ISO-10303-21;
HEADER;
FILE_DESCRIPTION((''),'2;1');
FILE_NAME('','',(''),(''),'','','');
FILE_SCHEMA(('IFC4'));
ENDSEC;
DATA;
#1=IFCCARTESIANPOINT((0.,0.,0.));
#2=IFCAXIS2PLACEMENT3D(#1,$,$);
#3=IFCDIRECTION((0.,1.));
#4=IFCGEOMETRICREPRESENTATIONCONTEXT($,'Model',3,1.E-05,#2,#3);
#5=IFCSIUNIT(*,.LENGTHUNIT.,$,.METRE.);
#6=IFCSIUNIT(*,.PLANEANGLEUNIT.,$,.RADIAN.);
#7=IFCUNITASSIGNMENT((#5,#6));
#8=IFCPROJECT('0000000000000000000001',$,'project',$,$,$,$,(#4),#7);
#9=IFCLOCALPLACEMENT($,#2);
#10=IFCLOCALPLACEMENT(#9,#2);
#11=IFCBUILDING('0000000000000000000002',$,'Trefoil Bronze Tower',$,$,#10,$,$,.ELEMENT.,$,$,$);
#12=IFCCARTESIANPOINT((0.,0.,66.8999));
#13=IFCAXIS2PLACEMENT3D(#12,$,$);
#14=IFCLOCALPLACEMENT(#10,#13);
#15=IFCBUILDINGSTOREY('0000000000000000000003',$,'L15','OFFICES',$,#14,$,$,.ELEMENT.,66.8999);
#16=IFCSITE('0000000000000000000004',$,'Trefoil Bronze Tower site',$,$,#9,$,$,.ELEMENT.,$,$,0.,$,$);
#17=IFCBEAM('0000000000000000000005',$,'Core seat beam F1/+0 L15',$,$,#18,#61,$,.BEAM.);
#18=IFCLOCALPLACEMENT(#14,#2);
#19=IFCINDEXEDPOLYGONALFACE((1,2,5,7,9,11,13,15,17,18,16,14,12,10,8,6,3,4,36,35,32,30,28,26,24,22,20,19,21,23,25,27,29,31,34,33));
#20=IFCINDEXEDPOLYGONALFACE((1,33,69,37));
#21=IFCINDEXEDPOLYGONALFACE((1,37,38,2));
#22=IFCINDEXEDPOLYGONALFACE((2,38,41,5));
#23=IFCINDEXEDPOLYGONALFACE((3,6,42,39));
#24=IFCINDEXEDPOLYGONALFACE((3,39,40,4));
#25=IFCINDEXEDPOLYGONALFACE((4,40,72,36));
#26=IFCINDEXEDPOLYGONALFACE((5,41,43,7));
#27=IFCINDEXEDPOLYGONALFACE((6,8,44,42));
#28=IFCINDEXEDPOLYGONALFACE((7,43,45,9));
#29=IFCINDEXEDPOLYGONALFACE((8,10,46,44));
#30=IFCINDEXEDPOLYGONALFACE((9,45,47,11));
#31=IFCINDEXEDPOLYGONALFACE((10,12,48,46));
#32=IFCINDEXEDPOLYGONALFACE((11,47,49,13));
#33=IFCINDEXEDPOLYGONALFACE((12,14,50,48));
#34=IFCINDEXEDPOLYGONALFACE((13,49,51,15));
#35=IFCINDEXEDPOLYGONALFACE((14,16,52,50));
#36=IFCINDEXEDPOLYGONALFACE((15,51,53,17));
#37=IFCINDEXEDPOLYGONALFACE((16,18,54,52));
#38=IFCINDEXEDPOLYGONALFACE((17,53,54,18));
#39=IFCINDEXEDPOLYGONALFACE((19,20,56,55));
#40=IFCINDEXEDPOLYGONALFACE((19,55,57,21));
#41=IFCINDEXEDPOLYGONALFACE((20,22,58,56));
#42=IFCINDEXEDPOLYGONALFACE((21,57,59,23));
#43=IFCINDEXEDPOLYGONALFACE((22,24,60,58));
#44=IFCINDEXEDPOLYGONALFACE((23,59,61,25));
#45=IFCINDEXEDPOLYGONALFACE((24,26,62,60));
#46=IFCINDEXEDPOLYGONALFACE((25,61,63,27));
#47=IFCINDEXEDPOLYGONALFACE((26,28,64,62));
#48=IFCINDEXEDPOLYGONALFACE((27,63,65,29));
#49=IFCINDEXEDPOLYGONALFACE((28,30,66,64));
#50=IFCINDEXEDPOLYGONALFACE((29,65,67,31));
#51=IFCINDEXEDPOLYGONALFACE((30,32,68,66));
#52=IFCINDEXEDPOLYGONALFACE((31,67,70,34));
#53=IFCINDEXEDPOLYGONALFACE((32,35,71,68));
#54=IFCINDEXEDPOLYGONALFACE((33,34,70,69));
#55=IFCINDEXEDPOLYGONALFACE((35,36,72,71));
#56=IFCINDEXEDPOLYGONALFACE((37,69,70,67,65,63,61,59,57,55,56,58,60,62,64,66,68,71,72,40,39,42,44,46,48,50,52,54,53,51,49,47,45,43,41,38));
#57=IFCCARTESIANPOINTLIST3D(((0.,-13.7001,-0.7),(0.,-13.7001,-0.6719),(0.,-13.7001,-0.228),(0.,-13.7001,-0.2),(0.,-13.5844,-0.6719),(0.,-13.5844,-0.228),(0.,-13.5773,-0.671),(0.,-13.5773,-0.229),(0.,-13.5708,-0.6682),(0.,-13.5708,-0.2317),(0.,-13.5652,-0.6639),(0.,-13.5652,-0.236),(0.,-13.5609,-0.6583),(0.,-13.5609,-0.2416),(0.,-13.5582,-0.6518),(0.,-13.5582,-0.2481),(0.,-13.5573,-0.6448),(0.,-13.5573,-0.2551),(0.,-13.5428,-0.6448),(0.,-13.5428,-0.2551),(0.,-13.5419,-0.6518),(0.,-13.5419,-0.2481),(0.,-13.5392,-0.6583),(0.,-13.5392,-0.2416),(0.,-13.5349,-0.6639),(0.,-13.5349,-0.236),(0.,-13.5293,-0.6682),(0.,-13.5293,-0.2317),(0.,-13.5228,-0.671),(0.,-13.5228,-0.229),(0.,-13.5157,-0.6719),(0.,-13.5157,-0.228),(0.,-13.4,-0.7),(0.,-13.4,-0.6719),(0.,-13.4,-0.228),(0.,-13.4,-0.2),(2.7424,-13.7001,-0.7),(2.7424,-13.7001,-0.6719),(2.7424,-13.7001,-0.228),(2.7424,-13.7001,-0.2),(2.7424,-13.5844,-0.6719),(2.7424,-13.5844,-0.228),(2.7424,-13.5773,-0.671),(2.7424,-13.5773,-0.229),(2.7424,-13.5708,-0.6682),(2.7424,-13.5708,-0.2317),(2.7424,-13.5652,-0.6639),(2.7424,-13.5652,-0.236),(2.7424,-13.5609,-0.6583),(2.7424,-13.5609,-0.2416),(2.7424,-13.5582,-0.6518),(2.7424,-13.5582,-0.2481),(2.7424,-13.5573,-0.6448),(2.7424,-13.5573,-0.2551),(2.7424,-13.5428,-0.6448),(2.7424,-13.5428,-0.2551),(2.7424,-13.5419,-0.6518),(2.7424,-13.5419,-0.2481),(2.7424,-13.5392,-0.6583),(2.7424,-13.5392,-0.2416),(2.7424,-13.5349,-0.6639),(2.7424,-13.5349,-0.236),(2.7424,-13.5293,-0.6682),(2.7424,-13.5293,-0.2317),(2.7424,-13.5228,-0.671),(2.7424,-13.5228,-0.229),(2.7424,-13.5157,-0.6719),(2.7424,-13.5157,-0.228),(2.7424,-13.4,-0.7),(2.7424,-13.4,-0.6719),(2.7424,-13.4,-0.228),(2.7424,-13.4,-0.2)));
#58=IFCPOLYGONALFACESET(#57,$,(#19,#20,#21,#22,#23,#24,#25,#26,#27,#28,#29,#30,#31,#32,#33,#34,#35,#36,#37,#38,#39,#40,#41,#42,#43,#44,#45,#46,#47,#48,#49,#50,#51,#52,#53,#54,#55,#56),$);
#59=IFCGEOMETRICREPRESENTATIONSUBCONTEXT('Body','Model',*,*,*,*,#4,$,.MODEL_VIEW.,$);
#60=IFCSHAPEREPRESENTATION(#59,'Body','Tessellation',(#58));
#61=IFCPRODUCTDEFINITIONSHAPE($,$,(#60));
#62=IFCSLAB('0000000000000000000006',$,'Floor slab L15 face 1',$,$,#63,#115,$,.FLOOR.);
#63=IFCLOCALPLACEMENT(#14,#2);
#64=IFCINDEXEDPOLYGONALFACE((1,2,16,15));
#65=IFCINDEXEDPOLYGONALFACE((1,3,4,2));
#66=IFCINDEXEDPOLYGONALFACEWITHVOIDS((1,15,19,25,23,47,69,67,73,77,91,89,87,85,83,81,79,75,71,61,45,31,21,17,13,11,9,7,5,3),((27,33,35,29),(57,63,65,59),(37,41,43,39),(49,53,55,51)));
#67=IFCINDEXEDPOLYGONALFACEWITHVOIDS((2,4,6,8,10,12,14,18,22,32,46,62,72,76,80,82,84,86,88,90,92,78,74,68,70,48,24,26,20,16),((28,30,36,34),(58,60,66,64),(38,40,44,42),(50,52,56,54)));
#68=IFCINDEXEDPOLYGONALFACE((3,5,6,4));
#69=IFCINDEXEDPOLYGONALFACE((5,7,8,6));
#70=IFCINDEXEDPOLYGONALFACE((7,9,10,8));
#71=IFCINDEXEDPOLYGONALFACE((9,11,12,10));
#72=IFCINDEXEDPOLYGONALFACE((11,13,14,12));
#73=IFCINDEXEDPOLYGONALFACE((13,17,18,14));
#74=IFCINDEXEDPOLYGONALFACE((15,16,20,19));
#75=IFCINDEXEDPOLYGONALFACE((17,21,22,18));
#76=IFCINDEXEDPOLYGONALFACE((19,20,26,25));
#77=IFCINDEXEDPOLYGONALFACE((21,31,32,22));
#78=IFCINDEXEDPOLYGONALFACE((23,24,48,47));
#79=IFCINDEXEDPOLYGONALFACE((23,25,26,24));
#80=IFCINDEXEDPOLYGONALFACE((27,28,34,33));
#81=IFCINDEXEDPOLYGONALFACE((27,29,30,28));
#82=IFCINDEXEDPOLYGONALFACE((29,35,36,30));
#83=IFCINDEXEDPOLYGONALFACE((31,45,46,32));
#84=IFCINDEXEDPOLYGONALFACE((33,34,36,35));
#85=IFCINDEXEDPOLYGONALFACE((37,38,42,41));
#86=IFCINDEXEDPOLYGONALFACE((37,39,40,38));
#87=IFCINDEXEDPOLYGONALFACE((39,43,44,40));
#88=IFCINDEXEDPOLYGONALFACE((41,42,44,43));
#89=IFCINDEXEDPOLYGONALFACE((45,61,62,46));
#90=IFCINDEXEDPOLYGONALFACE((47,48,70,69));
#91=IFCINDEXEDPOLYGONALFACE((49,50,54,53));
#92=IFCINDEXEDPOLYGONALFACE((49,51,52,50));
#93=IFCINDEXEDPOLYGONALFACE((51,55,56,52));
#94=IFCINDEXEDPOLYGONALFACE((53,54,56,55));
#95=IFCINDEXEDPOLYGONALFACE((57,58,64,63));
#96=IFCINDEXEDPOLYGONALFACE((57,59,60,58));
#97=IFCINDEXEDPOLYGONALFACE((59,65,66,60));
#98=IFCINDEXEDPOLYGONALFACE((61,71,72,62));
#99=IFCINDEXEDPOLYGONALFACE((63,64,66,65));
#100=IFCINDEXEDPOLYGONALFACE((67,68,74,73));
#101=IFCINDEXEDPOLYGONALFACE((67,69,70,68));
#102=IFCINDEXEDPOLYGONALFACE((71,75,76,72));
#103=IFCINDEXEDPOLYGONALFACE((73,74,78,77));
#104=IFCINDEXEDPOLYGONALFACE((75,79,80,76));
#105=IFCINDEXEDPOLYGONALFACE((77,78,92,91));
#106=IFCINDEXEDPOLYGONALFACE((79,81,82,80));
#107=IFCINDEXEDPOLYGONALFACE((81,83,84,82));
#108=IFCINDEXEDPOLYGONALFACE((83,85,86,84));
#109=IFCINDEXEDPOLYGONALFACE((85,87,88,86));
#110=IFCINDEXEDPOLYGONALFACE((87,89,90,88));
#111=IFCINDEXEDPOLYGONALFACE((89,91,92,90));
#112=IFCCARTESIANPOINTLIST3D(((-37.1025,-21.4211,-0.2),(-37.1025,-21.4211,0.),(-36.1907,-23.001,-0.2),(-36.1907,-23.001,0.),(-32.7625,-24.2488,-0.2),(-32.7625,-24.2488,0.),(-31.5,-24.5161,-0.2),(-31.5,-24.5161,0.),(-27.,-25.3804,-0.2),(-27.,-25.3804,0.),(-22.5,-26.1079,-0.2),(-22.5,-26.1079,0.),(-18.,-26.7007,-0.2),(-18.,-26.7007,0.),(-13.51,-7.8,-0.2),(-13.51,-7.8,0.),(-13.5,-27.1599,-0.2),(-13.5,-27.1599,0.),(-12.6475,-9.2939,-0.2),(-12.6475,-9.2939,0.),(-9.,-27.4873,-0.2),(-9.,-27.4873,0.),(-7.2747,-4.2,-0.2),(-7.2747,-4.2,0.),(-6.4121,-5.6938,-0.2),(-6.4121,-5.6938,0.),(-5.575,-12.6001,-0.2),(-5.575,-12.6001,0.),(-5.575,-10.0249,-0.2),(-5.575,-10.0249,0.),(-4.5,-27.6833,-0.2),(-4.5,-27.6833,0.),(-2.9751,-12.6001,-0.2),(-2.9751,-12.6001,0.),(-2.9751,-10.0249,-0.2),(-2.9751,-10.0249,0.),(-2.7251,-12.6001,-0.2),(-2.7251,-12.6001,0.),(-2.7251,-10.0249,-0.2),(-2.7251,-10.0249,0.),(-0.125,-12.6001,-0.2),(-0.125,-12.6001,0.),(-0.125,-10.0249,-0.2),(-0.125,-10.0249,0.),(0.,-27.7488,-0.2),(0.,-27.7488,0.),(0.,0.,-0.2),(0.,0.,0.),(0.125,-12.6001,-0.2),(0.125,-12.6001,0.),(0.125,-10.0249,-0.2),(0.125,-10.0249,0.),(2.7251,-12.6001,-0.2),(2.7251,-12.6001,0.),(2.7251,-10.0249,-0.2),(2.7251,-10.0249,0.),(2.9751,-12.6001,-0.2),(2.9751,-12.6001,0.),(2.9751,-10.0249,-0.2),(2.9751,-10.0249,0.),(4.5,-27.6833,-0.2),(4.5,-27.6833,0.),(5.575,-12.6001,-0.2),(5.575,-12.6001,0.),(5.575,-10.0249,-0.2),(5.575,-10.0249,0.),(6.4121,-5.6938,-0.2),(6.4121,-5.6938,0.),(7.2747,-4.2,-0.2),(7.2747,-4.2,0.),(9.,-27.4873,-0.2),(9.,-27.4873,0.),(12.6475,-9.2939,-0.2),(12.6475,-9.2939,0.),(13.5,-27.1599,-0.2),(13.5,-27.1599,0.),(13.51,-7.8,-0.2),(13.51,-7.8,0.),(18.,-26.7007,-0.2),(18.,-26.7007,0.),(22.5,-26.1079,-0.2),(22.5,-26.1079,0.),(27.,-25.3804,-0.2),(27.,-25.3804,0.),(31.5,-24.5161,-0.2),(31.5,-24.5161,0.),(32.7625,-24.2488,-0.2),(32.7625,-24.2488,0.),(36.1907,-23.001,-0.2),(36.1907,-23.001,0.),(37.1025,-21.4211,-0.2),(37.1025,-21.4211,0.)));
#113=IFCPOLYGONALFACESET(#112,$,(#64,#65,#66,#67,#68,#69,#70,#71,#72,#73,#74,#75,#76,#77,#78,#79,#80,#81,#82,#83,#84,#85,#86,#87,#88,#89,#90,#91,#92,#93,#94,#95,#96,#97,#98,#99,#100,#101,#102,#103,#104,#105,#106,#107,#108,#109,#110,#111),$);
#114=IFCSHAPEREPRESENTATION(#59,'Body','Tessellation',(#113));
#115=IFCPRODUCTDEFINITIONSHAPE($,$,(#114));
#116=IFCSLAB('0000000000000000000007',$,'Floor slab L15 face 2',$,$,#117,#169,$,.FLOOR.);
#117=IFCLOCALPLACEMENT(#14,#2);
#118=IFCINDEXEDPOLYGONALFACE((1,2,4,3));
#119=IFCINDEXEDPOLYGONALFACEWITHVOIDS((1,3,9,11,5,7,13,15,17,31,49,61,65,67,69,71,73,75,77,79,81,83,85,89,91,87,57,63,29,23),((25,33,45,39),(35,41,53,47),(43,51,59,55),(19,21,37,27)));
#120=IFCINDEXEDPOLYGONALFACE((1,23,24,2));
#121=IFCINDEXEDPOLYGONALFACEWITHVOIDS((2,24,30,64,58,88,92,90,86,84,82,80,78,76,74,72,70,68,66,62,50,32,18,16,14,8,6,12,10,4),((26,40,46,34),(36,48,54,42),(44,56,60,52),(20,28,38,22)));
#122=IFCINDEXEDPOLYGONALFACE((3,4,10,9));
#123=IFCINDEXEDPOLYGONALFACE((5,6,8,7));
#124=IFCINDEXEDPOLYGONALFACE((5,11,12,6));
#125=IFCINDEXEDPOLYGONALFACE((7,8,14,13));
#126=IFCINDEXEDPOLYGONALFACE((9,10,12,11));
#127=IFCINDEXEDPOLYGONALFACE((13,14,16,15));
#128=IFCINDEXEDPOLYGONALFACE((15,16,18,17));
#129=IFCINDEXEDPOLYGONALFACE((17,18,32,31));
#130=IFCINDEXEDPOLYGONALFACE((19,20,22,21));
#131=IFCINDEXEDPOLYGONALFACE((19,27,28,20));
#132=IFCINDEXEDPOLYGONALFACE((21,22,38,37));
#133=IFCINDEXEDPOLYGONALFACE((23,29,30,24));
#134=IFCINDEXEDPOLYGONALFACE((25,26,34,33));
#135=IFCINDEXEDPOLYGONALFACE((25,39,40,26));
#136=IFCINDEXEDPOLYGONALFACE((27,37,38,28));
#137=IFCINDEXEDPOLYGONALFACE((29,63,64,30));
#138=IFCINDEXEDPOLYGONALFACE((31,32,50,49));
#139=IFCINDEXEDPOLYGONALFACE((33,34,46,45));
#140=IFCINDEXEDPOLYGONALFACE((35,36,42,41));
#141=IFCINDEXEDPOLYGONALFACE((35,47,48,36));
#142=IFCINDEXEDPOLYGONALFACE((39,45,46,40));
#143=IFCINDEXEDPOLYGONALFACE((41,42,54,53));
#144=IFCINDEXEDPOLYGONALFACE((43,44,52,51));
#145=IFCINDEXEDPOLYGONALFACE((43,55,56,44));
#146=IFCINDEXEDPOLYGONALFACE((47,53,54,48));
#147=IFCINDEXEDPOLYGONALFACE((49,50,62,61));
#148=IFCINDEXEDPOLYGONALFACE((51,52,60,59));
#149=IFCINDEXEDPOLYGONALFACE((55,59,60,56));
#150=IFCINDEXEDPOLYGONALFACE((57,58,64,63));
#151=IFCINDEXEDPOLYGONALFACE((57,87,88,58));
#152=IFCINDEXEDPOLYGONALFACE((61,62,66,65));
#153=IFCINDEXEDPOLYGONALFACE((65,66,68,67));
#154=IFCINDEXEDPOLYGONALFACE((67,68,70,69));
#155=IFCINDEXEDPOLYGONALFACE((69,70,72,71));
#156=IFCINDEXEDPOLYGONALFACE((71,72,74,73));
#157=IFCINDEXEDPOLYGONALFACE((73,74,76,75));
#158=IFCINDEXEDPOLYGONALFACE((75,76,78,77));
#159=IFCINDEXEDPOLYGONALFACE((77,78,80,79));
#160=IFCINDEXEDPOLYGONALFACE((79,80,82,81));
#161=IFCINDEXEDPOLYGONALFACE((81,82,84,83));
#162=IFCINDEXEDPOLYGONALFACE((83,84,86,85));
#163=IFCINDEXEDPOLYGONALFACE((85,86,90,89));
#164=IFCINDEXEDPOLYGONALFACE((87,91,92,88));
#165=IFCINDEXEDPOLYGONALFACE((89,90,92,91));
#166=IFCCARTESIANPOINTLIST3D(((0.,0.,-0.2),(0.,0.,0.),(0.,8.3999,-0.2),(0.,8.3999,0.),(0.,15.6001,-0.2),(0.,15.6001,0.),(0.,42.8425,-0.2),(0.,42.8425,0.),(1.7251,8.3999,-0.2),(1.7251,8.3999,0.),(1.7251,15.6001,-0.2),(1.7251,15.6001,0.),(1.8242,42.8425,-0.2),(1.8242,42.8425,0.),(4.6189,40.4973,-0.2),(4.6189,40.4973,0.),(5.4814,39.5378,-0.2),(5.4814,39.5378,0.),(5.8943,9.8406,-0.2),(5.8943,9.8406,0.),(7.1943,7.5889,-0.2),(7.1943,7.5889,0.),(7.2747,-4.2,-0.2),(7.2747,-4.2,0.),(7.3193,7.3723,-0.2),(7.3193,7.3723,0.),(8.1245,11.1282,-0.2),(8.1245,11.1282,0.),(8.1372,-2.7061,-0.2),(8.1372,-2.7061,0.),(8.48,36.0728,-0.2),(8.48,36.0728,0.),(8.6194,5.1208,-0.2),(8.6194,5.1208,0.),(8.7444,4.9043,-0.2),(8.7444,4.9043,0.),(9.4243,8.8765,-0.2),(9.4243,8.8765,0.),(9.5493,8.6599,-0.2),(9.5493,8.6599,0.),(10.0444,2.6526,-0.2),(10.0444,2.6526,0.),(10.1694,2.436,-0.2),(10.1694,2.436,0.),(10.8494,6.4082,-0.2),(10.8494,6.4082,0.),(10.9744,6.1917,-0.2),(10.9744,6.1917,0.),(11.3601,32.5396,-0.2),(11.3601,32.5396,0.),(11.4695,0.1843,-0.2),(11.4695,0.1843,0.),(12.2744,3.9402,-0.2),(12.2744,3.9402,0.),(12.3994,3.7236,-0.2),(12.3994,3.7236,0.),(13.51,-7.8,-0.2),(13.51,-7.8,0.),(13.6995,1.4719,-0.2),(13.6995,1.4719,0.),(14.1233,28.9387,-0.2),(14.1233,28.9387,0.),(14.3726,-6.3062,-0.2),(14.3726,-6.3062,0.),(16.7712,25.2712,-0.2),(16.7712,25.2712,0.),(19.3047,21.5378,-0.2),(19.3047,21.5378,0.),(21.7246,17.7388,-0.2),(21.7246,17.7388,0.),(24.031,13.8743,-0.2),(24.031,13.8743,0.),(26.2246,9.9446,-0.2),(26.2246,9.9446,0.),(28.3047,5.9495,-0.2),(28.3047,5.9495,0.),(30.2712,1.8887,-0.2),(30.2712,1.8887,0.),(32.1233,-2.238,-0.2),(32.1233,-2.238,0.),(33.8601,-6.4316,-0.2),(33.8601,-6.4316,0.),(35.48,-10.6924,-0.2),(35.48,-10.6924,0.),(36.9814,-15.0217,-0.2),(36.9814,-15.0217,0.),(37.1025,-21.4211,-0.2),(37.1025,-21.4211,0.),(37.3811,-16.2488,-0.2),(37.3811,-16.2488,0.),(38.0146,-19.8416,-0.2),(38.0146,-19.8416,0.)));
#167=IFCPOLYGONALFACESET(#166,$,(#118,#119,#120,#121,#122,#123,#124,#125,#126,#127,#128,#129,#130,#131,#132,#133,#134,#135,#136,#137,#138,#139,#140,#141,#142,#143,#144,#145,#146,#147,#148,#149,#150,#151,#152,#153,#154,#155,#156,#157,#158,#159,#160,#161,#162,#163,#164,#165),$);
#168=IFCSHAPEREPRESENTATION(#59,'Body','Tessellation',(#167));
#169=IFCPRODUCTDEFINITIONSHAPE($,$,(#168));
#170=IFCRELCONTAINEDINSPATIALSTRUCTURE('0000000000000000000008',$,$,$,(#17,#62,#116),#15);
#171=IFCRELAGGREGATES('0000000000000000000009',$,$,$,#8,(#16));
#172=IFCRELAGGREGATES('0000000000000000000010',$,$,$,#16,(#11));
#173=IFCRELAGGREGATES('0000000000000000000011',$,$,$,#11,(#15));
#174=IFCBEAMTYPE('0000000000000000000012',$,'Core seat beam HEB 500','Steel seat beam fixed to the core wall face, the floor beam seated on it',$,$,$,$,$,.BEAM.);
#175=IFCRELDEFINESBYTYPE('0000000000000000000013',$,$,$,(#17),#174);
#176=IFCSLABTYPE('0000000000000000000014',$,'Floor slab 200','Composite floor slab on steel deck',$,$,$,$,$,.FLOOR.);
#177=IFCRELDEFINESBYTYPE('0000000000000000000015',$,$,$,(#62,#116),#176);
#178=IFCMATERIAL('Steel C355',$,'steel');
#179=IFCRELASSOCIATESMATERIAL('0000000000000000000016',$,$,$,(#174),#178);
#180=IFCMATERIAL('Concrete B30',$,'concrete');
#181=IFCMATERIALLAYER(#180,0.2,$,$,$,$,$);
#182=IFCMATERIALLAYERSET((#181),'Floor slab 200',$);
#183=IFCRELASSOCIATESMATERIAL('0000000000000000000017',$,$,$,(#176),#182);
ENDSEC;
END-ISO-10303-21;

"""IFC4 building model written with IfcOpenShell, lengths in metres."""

from ifc_helpers import new_model, si_unit, direction, frame, origin, origin_2d, place, context, subcontext, project, spatial, polyline, i_section, outline, extrude, material, layer, layer_set, material_profile, profile_set, type_object, element, save


model = new_model("IFC4")

# Units and contexts
model_context = context("Model", 3, precision=1e-05, world=origin(), true_north=direction((0.0, 1.0)))
body_context = subcontext(model_context, "Body", "Model", "MODEL_VIEW")
ifc_project = project(units=[si_unit("LENGTHUNIT", "METRE"), si_unit("PLANEANGLEUNIT", "RADIAN")], contexts=[model_context])

# Site, building, storey
site_placement = place(None, origin())
site = spatial("IfcSite", under=ifc_project, at=site_placement, Name="Trefoil Bronze Tower site", CompositionType="ELEMENT", RefElevation=0.0)
building_placement = place(site_placement, origin())
building = spatial("IfcBuilding", under=site, at=building_placement, Name="Trefoil Bronze Tower", CompositionType="ELEMENT")
storey_placement = place(building_placement, frame((0.0, 0.0, 66.8999)))
storey = spatial("IfcBuildingStorey", under=building, at=storey_placement, Name="L15", Description="OFFICES", CompositionType="ELEMENT", Elevation=66.8999)

# Beam
ifc_material_1 = material(Name="Steel C355", Category="steel")
ifc_material_profile = material_profile(ifc_material_1, i_section(OverallWidth=0.3, OverallDepth=0.5, WebThickness=0.0144, FlangeThickness=0.0281, FilletRadius=0.0271, at=origin_2d()), Name="HEB 500")
ifc_profile_set = profile_set([ifc_material_profile], Name="Steel C355")
beam_type = type_object("IfcBeamType", Name="Core seat beam HEB 500", Description="Steel seat beam fixed to the core wall face, the floor beam seated on it", PredefinedType="BEAM", material=ifc_profile_set)
beam_placement = place(storey_placement, frame((0.0, -13.55, -0.45), z_axis=(1.0, 0.0, 0.0), x_axis=(0.0, 1.0, 0.0)))
element("IfcBeam", 1, at=beam_placement, inside=storey, type_object=beam_type, Name="Core seat beam F1/+0 L15", PredefinedType="BEAM", context=body_context, shape_type="SweptSolid", body=[
    extrude(i_section(OverallWidth=0.3, OverallDepth=0.5, WebThickness=0.0144, FlangeThickness=0.0281, FilletRadius=0.0271, at=origin_2d()), origin(), (0.0, 0.0, 1.0), 2.7424),
])

# Slabs
ifc_material_2 = material(Name="Concrete B30", Category="concrete")
ifc_layer_1 = layer(ifc_material_2, 0.2)
ifc_layer_set_1 = layer_set([ifc_layer_1], Name="Floor slab 200")
slab_type = type_object("IfcSlabType", Name="Floor slab 200", Description="Composite floor slab on steel deck", PredefinedType="FLOOR", material=ifc_layer_set_1)
slab_1_placement = place(storey_placement, frame((0.0, 0.0, -0.2)))
element("IfcSlab", 2, at=slab_1_placement, inside=storey, type_object=slab_type, Name="Floor slab L15 face 1", PredefinedType="FLOOR", context=body_context, shape_type="SweptSolid", body=[
    extrude(outline(polyline([(27.0, -25.3804), (22.5, -26.1079), (18.0, -26.7007), (13.5, -27.1599), (9.0, -27.4873), (4.5, -27.6833), (0.0, -27.7488), (-4.5, -27.6833), (-9.0, -27.4873), (-13.5, -27.1599), (-18.0, -26.7007), (-22.5, -26.1079), (-27.0, -25.3804), (-31.5, -24.5161), (-32.7625, -24.2488), (-36.1907, -23.001), (-37.1025, -21.4211), (-13.51, -7.8), (-12.6475, -9.2939), (-6.4121, -5.6938), (-7.2747, -4.2), (0.0, 0.0), (7.2747, -4.2), (6.4121, -5.6938), (12.6475, -9.2939), (13.51, -7.8), (37.1025, -21.4211), (36.1907, -23.001), (32.7625, -24.2488), (31.5, -24.5161), (27.0, -25.3804)]), holes=[polyline([(-5.575, -10.0249), (-2.9751, -10.0249), (-2.9751, -12.6001), (-5.575, -12.6001), (-5.575, -10.0249)]), polyline([(-2.7251, -10.0249), (-0.125, -10.0249), (-0.125, -12.6001), (-2.7251, -12.6001), (-2.7251, -10.0249)]), polyline([(0.125, -10.0249), (2.7251, -10.0249), (2.7251, -12.6001), (0.125, -12.6001), (0.125, -10.0249)]), polyline([(2.9751, -10.0249), (5.575, -10.0249), (5.575, -12.6001), (2.9751, -12.6001), (2.9751, -10.0249)])]), origin(), (0.0, 0.0, 1.0), 0.2),
])
slab_2_placement = place(storey_placement, frame((0.0, 0.0, -0.2)))
element("IfcSlab", 3, at=slab_2_placement, inside=storey, type_object=slab_type, Name="Floor slab L15 face 2", PredefinedType="FLOOR", context=body_context, shape_type="SweptSolid", body=[
    extrude(outline(polyline([(8.48, 36.0728), (11.3601, 32.5396), (14.1233, 28.9387), (16.7712, 25.2712), (19.3047, 21.5378), (21.7246, 17.7388), (24.031, 13.8743), (26.2246, 9.9446), (28.3047, 5.9495), (30.2712, 1.8887), (32.1233, -2.238), (33.8601, -6.4316), (35.48, -10.6924), (36.9814, -15.0217), (37.3811, -16.2488), (38.0146, -19.8416), (37.1025, -21.4211), (13.51, -7.8), (14.3726, -6.3062), (8.1372, -2.7061), (7.2747, -4.2), (0.0, 0.0), (0.0, 8.3999), (1.7251, 8.3999), (1.7251, 15.6001), (0.0, 15.6001), (0.0, 42.8425), (1.8242, 42.8425), (4.6189, 40.4973), (5.4814, 39.5378), (8.48, 36.0728)]), holes=[polyline([(11.4695, 0.1843), (10.1694, 2.436), (12.3994, 3.7236), (13.6995, 1.4719), (11.4695, 0.1843)]), polyline([(10.0444, 2.6526), (8.7444, 4.9043), (10.9744, 6.1917), (12.2744, 3.9402), (10.0444, 2.6526)]), polyline([(8.6194, 5.1208), (7.3193, 7.3723), (9.5493, 8.6599), (10.8494, 6.4082), (8.6194, 5.1208)]), polyline([(7.1943, 7.5889), (5.8943, 9.8406), (8.1245, 11.1282), (9.4243, 8.8765), (7.1943, 7.5889)])]), origin(), (0.0, 0.0, 1.0), 0.2),
])

save(model, "model.ifc")
